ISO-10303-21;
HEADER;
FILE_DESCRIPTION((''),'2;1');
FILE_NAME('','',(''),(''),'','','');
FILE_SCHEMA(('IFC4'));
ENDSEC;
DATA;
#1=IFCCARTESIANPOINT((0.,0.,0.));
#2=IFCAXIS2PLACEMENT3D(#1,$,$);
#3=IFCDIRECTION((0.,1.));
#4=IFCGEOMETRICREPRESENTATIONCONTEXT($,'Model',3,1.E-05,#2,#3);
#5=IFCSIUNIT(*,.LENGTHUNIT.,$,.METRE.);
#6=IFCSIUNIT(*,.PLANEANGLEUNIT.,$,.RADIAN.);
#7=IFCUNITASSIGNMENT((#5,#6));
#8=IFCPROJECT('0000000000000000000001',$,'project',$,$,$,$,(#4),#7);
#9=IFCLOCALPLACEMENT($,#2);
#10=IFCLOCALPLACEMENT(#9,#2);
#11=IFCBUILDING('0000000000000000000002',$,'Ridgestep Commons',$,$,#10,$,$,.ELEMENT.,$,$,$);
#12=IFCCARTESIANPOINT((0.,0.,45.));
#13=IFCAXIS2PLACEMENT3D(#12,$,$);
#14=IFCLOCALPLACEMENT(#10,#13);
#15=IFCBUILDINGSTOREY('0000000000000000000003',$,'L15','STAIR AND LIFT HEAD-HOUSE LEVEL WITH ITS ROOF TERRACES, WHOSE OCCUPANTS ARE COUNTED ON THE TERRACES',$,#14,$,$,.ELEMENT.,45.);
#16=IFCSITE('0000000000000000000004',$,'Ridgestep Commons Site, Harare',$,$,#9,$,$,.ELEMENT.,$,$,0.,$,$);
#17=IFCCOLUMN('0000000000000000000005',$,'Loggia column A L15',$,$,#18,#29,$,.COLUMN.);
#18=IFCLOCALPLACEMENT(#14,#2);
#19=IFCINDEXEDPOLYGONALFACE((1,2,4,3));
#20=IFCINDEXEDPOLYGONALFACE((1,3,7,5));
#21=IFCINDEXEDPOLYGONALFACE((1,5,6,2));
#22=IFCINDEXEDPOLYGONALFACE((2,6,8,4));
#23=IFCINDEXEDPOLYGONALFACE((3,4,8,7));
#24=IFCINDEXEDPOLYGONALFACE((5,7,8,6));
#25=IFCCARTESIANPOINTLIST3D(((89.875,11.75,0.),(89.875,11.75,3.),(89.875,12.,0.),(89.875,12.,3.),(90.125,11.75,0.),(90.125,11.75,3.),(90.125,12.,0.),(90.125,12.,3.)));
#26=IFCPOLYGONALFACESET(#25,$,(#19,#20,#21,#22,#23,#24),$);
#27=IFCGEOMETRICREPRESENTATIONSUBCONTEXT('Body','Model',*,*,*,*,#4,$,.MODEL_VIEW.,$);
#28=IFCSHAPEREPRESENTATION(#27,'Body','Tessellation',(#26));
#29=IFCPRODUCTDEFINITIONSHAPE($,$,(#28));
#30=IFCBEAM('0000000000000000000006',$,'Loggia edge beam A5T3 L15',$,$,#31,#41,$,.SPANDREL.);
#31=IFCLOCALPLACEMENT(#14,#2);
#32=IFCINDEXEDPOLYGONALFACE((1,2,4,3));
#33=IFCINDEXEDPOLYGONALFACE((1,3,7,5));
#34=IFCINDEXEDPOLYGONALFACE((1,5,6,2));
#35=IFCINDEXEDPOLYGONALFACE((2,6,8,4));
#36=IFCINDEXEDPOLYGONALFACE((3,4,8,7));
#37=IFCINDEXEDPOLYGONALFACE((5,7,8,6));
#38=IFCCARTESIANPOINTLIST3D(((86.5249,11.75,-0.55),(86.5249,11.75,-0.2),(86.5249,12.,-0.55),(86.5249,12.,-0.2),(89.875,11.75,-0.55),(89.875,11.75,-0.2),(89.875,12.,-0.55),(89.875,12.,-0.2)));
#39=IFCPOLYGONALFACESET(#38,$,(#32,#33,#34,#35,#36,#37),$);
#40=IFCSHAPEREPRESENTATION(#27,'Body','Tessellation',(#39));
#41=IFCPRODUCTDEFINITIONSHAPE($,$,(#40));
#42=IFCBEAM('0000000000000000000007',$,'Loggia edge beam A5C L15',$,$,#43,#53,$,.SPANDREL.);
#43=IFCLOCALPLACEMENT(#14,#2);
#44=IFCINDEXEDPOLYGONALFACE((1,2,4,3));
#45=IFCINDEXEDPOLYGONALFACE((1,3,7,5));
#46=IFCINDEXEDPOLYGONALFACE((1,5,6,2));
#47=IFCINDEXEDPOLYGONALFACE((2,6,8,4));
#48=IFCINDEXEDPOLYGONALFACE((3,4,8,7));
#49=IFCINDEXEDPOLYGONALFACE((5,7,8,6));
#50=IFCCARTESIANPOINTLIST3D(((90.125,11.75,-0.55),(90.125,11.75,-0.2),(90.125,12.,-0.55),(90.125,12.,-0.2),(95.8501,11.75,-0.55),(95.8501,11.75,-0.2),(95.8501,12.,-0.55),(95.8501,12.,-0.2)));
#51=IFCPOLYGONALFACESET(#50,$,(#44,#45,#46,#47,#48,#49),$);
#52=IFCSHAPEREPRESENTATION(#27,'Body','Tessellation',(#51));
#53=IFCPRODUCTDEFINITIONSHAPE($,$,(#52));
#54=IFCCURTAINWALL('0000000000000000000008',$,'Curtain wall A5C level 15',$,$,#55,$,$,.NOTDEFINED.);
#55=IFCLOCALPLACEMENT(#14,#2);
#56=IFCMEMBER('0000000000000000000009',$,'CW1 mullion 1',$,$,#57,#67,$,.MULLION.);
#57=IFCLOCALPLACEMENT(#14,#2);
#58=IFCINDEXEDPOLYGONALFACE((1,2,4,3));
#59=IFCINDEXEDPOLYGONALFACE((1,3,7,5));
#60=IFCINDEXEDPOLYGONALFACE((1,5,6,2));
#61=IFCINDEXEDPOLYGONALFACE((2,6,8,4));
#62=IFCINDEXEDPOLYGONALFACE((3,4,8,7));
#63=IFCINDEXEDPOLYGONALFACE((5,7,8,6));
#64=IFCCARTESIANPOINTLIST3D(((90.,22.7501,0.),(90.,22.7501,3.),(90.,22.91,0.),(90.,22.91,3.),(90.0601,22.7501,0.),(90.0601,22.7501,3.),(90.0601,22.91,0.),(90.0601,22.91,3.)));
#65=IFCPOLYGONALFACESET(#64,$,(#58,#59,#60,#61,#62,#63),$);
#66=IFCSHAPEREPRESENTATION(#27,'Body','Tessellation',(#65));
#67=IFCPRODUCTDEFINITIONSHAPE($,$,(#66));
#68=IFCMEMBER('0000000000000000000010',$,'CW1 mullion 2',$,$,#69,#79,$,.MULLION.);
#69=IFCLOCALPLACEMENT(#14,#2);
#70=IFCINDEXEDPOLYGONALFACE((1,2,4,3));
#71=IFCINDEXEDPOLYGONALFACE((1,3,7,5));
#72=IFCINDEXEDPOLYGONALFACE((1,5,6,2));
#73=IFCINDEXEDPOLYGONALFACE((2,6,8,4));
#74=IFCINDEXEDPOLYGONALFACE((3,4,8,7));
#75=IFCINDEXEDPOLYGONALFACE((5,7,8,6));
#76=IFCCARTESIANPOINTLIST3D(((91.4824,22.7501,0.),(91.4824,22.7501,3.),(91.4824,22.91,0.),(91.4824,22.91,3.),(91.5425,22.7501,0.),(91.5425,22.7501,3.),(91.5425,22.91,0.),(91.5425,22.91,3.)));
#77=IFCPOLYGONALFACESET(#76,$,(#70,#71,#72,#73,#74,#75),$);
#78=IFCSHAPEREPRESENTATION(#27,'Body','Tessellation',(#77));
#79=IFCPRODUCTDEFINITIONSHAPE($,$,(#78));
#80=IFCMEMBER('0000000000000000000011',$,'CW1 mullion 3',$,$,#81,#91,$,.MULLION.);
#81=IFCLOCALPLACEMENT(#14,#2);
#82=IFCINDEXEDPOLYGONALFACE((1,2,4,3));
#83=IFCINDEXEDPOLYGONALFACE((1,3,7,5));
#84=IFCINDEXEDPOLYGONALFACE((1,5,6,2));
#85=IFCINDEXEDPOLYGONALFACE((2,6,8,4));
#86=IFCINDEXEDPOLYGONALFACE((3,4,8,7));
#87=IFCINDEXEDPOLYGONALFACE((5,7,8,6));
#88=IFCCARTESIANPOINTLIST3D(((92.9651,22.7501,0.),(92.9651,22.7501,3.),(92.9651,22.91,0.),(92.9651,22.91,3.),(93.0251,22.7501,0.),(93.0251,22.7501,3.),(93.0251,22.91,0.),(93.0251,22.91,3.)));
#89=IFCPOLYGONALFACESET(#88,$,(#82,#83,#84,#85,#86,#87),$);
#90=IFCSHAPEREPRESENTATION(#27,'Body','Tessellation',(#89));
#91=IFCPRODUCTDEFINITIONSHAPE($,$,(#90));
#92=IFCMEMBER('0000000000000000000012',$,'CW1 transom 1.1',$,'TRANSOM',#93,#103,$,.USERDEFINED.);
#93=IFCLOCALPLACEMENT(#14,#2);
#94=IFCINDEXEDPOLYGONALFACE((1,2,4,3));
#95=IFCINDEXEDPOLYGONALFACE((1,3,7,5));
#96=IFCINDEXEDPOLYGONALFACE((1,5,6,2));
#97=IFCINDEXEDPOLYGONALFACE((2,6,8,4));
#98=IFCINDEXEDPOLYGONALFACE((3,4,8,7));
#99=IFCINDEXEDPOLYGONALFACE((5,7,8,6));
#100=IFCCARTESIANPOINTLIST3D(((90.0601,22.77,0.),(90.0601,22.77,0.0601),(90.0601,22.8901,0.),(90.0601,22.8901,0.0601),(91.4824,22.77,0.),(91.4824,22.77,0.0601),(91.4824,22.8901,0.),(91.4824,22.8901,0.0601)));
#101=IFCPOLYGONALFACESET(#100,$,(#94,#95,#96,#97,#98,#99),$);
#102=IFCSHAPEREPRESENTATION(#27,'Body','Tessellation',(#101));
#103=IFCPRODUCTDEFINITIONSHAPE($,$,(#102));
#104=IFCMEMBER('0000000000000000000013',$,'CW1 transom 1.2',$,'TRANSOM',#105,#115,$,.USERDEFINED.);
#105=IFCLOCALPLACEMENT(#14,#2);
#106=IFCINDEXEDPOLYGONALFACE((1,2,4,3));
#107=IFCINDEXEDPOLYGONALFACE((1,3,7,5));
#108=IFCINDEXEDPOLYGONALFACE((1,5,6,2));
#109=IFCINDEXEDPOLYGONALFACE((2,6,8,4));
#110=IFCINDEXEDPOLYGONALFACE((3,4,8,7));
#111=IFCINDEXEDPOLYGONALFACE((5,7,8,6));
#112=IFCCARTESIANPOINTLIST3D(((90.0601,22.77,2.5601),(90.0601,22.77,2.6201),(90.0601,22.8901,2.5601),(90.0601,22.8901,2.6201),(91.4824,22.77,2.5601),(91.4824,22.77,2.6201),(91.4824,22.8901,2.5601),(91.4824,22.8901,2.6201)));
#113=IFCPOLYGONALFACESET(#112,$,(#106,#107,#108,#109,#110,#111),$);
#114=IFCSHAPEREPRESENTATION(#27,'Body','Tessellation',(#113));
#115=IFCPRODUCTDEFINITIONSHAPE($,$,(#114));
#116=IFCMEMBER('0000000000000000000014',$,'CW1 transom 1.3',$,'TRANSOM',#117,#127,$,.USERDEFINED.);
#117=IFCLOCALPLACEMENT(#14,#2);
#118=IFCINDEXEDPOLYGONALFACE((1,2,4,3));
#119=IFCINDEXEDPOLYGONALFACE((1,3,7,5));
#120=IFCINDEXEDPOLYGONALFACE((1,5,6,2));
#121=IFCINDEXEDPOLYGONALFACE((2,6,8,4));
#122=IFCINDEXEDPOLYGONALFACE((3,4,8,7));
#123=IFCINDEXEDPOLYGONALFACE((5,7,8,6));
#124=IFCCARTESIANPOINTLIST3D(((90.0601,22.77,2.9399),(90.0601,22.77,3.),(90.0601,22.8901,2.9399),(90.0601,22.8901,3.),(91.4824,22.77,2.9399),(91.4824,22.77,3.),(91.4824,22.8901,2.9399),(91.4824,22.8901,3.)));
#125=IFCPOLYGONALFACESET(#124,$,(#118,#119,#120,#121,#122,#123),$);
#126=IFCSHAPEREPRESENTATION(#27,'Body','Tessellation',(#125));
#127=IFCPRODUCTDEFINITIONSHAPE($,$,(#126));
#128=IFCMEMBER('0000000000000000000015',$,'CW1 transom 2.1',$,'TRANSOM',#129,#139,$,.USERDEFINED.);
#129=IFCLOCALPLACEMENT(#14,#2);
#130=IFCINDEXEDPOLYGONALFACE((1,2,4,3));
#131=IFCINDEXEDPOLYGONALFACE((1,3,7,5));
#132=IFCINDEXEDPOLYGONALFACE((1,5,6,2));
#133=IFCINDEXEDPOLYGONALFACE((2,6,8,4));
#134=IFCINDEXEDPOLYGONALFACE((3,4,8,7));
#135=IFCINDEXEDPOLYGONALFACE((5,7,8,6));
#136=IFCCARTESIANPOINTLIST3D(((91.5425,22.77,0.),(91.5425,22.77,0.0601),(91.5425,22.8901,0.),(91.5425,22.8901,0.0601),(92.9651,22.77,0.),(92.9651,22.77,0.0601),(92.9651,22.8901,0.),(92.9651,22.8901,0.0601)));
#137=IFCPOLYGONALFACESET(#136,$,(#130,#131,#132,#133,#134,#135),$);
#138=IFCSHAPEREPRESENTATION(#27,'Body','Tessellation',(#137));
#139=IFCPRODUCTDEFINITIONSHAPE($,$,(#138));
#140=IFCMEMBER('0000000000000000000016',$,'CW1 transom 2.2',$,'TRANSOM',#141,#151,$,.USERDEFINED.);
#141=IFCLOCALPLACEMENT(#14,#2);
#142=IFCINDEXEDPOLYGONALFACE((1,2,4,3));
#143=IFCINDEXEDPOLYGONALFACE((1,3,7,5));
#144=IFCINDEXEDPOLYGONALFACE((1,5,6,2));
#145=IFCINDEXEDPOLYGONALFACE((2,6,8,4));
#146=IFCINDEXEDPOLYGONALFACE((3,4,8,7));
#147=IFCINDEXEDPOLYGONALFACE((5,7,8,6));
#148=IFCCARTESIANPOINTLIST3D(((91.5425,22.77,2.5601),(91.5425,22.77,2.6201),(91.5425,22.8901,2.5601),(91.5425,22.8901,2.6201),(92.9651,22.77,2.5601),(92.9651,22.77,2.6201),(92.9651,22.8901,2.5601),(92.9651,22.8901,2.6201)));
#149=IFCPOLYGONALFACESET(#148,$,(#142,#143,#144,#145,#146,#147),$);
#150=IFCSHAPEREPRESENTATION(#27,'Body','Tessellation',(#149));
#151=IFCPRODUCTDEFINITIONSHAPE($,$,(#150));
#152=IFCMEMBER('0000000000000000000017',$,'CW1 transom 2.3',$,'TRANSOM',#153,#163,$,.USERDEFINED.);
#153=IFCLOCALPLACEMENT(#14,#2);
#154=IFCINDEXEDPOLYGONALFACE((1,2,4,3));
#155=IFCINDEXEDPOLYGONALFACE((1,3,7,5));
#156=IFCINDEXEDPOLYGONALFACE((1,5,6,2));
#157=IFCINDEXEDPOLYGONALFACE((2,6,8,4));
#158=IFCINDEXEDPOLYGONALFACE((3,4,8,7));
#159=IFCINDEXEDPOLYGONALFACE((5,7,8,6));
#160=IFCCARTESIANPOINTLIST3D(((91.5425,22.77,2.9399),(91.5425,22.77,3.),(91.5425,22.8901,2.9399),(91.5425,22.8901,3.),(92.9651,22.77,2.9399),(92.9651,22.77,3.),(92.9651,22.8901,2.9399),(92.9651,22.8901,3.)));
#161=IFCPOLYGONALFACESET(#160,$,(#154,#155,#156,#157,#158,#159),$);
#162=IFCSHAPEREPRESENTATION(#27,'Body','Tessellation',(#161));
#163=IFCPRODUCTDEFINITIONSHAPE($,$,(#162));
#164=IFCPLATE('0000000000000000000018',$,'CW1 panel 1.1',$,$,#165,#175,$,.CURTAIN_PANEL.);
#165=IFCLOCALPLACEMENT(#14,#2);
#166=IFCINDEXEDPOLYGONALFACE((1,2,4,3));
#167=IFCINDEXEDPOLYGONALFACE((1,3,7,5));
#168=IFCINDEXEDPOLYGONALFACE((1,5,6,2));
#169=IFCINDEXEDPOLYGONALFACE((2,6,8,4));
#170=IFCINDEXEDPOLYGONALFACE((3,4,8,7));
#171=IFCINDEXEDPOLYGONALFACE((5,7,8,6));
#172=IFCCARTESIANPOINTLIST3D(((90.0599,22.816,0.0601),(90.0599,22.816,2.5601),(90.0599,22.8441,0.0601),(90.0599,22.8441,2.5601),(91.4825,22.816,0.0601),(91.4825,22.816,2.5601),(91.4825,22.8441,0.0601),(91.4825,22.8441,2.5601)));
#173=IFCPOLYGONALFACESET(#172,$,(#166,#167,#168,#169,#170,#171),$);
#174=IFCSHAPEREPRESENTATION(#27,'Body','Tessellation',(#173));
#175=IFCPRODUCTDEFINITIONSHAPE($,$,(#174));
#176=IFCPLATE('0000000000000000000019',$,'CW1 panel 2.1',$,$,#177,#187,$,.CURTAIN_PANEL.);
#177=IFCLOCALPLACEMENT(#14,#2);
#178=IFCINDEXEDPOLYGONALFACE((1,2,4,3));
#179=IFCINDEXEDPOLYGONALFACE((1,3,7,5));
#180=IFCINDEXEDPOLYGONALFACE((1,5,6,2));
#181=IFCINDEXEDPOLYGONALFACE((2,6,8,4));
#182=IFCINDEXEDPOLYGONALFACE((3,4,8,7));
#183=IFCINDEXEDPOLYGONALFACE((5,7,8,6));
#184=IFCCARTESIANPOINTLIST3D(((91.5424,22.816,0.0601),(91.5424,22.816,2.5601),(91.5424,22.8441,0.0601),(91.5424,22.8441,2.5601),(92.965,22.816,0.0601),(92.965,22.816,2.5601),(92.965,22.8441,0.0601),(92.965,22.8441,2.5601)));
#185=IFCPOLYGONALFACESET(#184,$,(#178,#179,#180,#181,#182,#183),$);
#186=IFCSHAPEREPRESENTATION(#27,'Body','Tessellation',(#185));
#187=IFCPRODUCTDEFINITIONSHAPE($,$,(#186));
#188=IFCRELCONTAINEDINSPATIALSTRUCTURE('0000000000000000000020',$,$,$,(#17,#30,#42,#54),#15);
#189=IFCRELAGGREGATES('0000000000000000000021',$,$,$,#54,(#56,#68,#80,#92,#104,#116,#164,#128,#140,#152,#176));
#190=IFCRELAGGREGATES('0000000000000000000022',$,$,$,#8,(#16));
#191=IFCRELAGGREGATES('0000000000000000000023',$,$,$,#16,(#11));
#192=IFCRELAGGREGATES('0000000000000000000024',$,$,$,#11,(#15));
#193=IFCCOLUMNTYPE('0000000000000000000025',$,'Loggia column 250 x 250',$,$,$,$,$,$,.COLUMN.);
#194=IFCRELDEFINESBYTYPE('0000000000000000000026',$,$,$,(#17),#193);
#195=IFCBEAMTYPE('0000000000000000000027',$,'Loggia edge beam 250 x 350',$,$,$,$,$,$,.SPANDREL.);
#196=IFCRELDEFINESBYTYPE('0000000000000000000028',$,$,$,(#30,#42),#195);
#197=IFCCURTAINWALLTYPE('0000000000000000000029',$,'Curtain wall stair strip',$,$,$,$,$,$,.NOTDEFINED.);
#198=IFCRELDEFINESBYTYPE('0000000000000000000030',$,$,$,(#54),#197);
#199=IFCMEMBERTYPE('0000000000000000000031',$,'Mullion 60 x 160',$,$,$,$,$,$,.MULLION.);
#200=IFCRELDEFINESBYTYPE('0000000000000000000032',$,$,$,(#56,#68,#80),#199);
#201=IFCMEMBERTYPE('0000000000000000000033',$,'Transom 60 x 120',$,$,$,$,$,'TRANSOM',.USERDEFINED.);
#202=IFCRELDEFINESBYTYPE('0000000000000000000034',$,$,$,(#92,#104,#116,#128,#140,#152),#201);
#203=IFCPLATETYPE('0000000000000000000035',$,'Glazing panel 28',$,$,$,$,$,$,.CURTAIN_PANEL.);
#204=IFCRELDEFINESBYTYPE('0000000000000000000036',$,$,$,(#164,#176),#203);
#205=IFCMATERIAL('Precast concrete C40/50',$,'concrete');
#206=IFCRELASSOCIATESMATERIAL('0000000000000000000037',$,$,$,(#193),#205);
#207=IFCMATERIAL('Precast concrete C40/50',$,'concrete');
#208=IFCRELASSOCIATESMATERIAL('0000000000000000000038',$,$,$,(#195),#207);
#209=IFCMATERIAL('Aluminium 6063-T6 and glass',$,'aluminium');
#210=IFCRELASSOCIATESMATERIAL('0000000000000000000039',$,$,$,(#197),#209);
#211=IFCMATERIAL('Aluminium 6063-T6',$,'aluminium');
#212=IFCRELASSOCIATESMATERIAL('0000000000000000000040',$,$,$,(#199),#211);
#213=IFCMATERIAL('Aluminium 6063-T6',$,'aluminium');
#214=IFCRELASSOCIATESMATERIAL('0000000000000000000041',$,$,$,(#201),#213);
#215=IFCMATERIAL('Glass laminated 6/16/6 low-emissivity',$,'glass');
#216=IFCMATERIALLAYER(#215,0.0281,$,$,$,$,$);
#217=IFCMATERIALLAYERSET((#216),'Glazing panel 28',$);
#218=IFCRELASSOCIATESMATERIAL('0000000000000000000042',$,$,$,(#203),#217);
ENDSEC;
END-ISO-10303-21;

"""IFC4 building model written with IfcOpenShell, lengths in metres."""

from ifc_helpers import new_model, si_unit, direction, frame, origin, origin_2d, place, context, subcontext, project, spatial, rectangle, extrude, material, layer, layer_set, material_profile, profile_set, type_object, element, aggregate, save


model = new_model("IFC4")

# Units and contexts
model_context = context("Model", 3, precision=1e-05, world=origin(), true_north=direction((0.0, 1.0)))
body_context = subcontext(model_context, "Body", "Model", "MODEL_VIEW")
ifc_project = project(units=[si_unit("LENGTHUNIT", "METRE"), si_unit("PLANEANGLEUNIT", "RADIAN")], contexts=[model_context])

# Site, building, storey
site_placement = place(None, origin())
site = spatial("IfcSite", under=ifc_project, at=site_placement, Name="Ridgestep Commons Site, Harare", CompositionType="ELEMENT", RefElevation=0.0)
building_placement = place(site_placement, origin())
building = spatial("IfcBuilding", under=site, at=building_placement, Name="Ridgestep Commons", CompositionType="ELEMENT")
storey_placement = place(building_placement, frame((0.0, 0.0, 45.0)))
storey = spatial("IfcBuildingStorey", under=building, at=storey_placement, Name="L15", Description="STAIR AND LIFT HEAD-HOUSE LEVEL WITH ITS ROOF TERRACES, WHOSE OCCUPANTS ARE COUNTED ON THE TERRACES", CompositionType="ELEMENT", Elevation=45.0)

# Column
ifc_material_1 = material(Name="Precast concrete C40/50", Category="concrete")
ifc_material_profile_1 = material_profile(ifc_material_1, rectangle(XDim=0.25, YDim=0.25, at=origin_2d()), Name="PC 250x250")
ifc_profile_set_1 = profile_set([ifc_material_profile_1], Name="Precast concrete C40/50")
column_type = type_object("IfcColumnType", Name="Loggia column 250 x 250", PredefinedType="COLUMN", material=ifc_profile_set_1)
column_placement = place(storey_placement, frame((90.0, 11.875, 0.0), z_axis=(0.0, 0.0, 1.0), x_axis=(1.0, 0.0, 0.0)))
element("IfcColumn", 1, at=column_placement, inside=storey, type_object=column_type, Name="Loggia column A L15", PredefinedType="COLUMN", context=body_context, shape_type="SweptSolid", body=[
    extrude(rectangle(XDim=0.25, YDim=0.25, at=origin_2d()), origin(), (0.0, 0.0, 1.0), 3.0),
])

# Beams
ifc_material_2 = material(Name="Precast concrete C40/50", Category="concrete")
ifc_material_profile_2 = material_profile(ifc_material_2, rectangle(XDim=0.25, YDim=0.3501, at=origin_2d()), Name="PC 250x350")
ifc_profile_set_2 = profile_set([ifc_material_profile_2], Name="Precast concrete C40/50")
beam_type = type_object("IfcBeamType", Name="Loggia edge beam 250 x 350", PredefinedType="SPANDREL", material=ifc_profile_set_2)
beam_1_placement = place(storey_placement, frame((86.5249, 11.875, -0.375), z_axis=(1.0, 0.0, 0.0), x_axis=(0.0, 1.0, 0.0)))
element("IfcBeam", 2, at=beam_1_placement, inside=storey, type_object=beam_type, Name="Loggia edge beam A5T3 L15", PredefinedType="SPANDREL", context=body_context, shape_type="SweptSolid", body=[
    extrude(rectangle(XDim=0.25, YDim=0.3501, at=origin_2d()), origin(), (0.0, 0.0, 1.0), 3.3501),
])
beam_2_placement = place(storey_placement, frame((90.125, 11.875, -0.375), z_axis=(1.0, 0.0, 0.0), x_axis=(0.0, 1.0, 0.0)))
element("IfcBeam", 3, at=beam_2_placement, inside=storey, type_object=beam_type, Name="Loggia edge beam A5C L15", PredefinedType="SPANDREL", context=body_context, shape_type="SweptSolid", body=[
    extrude(rectangle(XDim=0.25, YDim=0.3501, at=origin_2d()), origin(), (0.0, 0.0, 1.0), 5.7251),
])

# Curtain wall, members, plates
ifc_material_3 = material(Name="Aluminium 6063-T6 and glass", Category="aluminium")
curtain_wall_type = type_object("IfcCurtainWallType", Name="Curtain wall stair strip", PredefinedType="NOTDEFINED", material=ifc_material_3)
curtain_wall_placement = place(storey_placement, origin())
curtain_wall = element("IfcCurtainWall", 4, at=curtain_wall_placement, inside=storey, type_object=curtain_wall_type, Name="Curtain wall A5C level 15", PredefinedType="NOTDEFINED")
ifc_material_4 = material(Name="Aluminium 6063-T6", Category="aluminium")
ifc_material_profile_3 = material_profile(ifc_material_4, rectangle(XDim=0.1599, YDim=0.0601, at=origin_2d()), Name="Mullion 60 x 160")
ifc_profile_set_3 = profile_set([ifc_material_profile_3], Name="Aluminium 6063-T6")
member_type_1 = type_object("IfcMemberType", Name="Mullion 60 x 160", PredefinedType="MULLION", material=ifc_profile_set_3)
member_1_placement = place(storey_placement, frame((90.03, 22.8301, 0.0), z_axis=(0.0, 0.0, 1.0), x_axis=(0.0, 1.0, 0.0)))
member_1 = element("IfcMember", 5, at=member_1_placement, type_object=member_type_1, Name="CW1 mullion 1", PredefinedType="MULLION", context=body_context, shape_type="SweptSolid", body=[
    extrude(rectangle(XDim=0.1599, YDim=0.0601, at=origin_2d()), origin(), (0.0, 0.0, 1.0), 3.0),
])
member_2_placement = place(storey_placement, frame((91.5125, 22.8301, 0.0), z_axis=(0.0, 0.0, 1.0), x_axis=(0.0, 1.0, 0.0)))
member_2 = element("IfcMember", 6, at=member_2_placement, type_object=member_type_1, Name="CW1 mullion 2", PredefinedType="MULLION", context=body_context, shape_type="SweptSolid", body=[
    extrude(rectangle(XDim=0.1599, YDim=0.0601, at=origin_2d()), origin(), (0.0, 0.0, 1.0), 3.0),
])
member_3_placement = place(storey_placement, frame((92.9951, 22.8301, 0.0), z_axis=(0.0, 0.0, 1.0), x_axis=(0.0, 1.0, 0.0)))
member_3 = element("IfcMember", 7, at=member_3_placement, type_object=member_type_1, Name="CW1 mullion 3", PredefinedType="MULLION", context=body_context, shape_type="SweptSolid", body=[
    extrude(rectangle(XDim=0.1599, YDim=0.0601, at=origin_2d()), origin(), (0.0, 0.0, 1.0), 3.0),
])
ifc_material_5 = material(Name="Aluminium 6063-T6", Category="aluminium")
ifc_material_profile_4 = material_profile(ifc_material_5, rectangle(XDim=0.1201, YDim=0.0601, at=origin_2d()), Name="Transom 60 x 120")
ifc_profile_set_4 = profile_set([ifc_material_profile_4], Name="Aluminium 6063-T6")
member_type_2 = type_object("IfcMemberType", Name="Transom 60 x 120", ElementType="TRANSOM", PredefinedType="USERDEFINED", material=ifc_profile_set_4)
member_4_placement = place(storey_placement, frame((90.0601, 22.8301, 0.03), z_axis=(1.0, 0.0, 0.0), x_axis=(0.0, 1.0, 0.0)))
member_4 = element("IfcMember", 8, at=member_4_placement, type_object=member_type_2, Name="CW1 transom 1.1", ObjectType="TRANSOM", PredefinedType="USERDEFINED", context=body_context, shape_type="SweptSolid", body=[
    extrude(rectangle(XDim=0.1201, YDim=0.0601, at=origin_2d()), origin(), (0.0, 0.0, 1.0), 1.4224),
])
member_5_placement = place(storey_placement, frame((90.0601, 22.8301, 2.5901), z_axis=(1.0, 0.0, 0.0), x_axis=(0.0, 1.0, 0.0)))
member_5 = element("IfcMember", 9, at=member_5_placement, type_object=member_type_2, Name="CW1 transom 1.2", ObjectType="TRANSOM", PredefinedType="USERDEFINED", context=body_context, shape_type="SweptSolid", body=[
    extrude(rectangle(XDim=0.1201, YDim=0.0601, at=origin_2d()), origin(), (0.0, 0.0, 1.0), 1.4224),
])
member_6_placement = place(storey_placement, frame((90.0601, 22.8301, 2.97), z_axis=(1.0, 0.0, 0.0), x_axis=(0.0, 1.0, 0.0)))
member_6 = element("IfcMember", 10, at=member_6_placement, type_object=member_type_2, Name="CW1 transom 1.3", ObjectType="TRANSOM", PredefinedType="USERDEFINED", context=body_context, shape_type="SweptSolid", body=[
    extrude(rectangle(XDim=0.1201, YDim=0.0601, at=origin_2d()), origin(), (0.0, 0.0, 1.0), 1.4224),
])
member_7_placement = place(storey_placement, frame((91.5425, 22.8301, 0.03), z_axis=(1.0, 0.0, 0.0), x_axis=(0.0, 1.0, 0.0)))
member_7 = element("IfcMember", 11, at=member_7_placement, type_object=member_type_2, Name="CW1 transom 2.1", ObjectType="TRANSOM", PredefinedType="USERDEFINED", context=body_context, shape_type="SweptSolid", body=[
    extrude(rectangle(XDim=0.1201, YDim=0.0601, at=origin_2d()), origin(), (0.0, 0.0, 1.0), 1.4226),
])
member_8_placement = place(storey_placement, frame((91.5425, 22.8301, 2.5901), z_axis=(1.0, 0.0, 0.0), x_axis=(0.0, 1.0, 0.0)))
member_8 = element("IfcMember", 12, at=member_8_placement, type_object=member_type_2, Name="CW1 transom 2.2", ObjectType="TRANSOM", PredefinedType="USERDEFINED", context=body_context, shape_type="SweptSolid", body=[
    extrude(rectangle(XDim=0.1201, YDim=0.0601, at=origin_2d()), origin(), (0.0, 0.0, 1.0), 1.4226),
])
member_9_placement = place(storey_placement, frame((91.5425, 22.8301, 2.97), z_axis=(1.0, 0.0, 0.0), x_axis=(0.0, 1.0, 0.0)))
member_9 = element("IfcMember", 13, at=member_9_placement, type_object=member_type_2, Name="CW1 transom 2.3", ObjectType="TRANSOM", PredefinedType="USERDEFINED", context=body_context, shape_type="SweptSolid", body=[
    extrude(rectangle(XDim=0.1201, YDim=0.0601, at=origin_2d()), origin(), (0.0, 0.0, 1.0), 1.4226),
])
ifc_material_6 = material(Name="Glass laminated 6/16/6 low-emissivity", Category="glass")
ifc_layer_1 = layer(ifc_material_6, 0.0281)
ifc_layer_set_1 = layer_set([ifc_layer_1], Name="Glazing panel 28")
plate_type_1 = type_object("IfcPlateType", Name="Glazing panel 28", PredefinedType="CURTAIN_PANEL", material=ifc_layer_set_1)
plate_1_placement = place(storey_placement, frame((90.7712, 22.8301, 0.0601), z_axis=(0.0, 0.0, 1.0), x_axis=(1.0, 0.0, 0.0)))
plate_1 = element("IfcPlate", 14, at=plate_1_placement, type_object=plate_type_1, Name="CW1 panel 1.1", PredefinedType="CURTAIN_PANEL", context=body_context, shape_type="SweptSolid", body=[
    extrude(rectangle(XDim=1.4226, YDim=0.0281, at=origin_2d()), origin(), (0.0, 0.0, 1.0), 2.5),
])
plate_2_placement = place(storey_placement, frame((92.2537, 22.8301, 0.0601), z_axis=(0.0, 0.0, 1.0), x_axis=(1.0, 0.0, 0.0)))
plate_2 = element("IfcPlate", 15, at=plate_2_placement, type_object=plate_type_1, Name="CW1 panel 2.1", PredefinedType="CURTAIN_PANEL", context=body_context, shape_type="SweptSolid", body=[
    extrude(rectangle(XDim=1.4226, YDim=0.0281, at=origin_2d()), origin(), (0.0, 0.0, 1.0), 2.5),
])
aggregate(curtain_wall, [member_1, member_2, member_3, member_4, member_5, member_6, plate_1, member_7, member_8, member_9, plate_2])

save(model, "model.ifc")
